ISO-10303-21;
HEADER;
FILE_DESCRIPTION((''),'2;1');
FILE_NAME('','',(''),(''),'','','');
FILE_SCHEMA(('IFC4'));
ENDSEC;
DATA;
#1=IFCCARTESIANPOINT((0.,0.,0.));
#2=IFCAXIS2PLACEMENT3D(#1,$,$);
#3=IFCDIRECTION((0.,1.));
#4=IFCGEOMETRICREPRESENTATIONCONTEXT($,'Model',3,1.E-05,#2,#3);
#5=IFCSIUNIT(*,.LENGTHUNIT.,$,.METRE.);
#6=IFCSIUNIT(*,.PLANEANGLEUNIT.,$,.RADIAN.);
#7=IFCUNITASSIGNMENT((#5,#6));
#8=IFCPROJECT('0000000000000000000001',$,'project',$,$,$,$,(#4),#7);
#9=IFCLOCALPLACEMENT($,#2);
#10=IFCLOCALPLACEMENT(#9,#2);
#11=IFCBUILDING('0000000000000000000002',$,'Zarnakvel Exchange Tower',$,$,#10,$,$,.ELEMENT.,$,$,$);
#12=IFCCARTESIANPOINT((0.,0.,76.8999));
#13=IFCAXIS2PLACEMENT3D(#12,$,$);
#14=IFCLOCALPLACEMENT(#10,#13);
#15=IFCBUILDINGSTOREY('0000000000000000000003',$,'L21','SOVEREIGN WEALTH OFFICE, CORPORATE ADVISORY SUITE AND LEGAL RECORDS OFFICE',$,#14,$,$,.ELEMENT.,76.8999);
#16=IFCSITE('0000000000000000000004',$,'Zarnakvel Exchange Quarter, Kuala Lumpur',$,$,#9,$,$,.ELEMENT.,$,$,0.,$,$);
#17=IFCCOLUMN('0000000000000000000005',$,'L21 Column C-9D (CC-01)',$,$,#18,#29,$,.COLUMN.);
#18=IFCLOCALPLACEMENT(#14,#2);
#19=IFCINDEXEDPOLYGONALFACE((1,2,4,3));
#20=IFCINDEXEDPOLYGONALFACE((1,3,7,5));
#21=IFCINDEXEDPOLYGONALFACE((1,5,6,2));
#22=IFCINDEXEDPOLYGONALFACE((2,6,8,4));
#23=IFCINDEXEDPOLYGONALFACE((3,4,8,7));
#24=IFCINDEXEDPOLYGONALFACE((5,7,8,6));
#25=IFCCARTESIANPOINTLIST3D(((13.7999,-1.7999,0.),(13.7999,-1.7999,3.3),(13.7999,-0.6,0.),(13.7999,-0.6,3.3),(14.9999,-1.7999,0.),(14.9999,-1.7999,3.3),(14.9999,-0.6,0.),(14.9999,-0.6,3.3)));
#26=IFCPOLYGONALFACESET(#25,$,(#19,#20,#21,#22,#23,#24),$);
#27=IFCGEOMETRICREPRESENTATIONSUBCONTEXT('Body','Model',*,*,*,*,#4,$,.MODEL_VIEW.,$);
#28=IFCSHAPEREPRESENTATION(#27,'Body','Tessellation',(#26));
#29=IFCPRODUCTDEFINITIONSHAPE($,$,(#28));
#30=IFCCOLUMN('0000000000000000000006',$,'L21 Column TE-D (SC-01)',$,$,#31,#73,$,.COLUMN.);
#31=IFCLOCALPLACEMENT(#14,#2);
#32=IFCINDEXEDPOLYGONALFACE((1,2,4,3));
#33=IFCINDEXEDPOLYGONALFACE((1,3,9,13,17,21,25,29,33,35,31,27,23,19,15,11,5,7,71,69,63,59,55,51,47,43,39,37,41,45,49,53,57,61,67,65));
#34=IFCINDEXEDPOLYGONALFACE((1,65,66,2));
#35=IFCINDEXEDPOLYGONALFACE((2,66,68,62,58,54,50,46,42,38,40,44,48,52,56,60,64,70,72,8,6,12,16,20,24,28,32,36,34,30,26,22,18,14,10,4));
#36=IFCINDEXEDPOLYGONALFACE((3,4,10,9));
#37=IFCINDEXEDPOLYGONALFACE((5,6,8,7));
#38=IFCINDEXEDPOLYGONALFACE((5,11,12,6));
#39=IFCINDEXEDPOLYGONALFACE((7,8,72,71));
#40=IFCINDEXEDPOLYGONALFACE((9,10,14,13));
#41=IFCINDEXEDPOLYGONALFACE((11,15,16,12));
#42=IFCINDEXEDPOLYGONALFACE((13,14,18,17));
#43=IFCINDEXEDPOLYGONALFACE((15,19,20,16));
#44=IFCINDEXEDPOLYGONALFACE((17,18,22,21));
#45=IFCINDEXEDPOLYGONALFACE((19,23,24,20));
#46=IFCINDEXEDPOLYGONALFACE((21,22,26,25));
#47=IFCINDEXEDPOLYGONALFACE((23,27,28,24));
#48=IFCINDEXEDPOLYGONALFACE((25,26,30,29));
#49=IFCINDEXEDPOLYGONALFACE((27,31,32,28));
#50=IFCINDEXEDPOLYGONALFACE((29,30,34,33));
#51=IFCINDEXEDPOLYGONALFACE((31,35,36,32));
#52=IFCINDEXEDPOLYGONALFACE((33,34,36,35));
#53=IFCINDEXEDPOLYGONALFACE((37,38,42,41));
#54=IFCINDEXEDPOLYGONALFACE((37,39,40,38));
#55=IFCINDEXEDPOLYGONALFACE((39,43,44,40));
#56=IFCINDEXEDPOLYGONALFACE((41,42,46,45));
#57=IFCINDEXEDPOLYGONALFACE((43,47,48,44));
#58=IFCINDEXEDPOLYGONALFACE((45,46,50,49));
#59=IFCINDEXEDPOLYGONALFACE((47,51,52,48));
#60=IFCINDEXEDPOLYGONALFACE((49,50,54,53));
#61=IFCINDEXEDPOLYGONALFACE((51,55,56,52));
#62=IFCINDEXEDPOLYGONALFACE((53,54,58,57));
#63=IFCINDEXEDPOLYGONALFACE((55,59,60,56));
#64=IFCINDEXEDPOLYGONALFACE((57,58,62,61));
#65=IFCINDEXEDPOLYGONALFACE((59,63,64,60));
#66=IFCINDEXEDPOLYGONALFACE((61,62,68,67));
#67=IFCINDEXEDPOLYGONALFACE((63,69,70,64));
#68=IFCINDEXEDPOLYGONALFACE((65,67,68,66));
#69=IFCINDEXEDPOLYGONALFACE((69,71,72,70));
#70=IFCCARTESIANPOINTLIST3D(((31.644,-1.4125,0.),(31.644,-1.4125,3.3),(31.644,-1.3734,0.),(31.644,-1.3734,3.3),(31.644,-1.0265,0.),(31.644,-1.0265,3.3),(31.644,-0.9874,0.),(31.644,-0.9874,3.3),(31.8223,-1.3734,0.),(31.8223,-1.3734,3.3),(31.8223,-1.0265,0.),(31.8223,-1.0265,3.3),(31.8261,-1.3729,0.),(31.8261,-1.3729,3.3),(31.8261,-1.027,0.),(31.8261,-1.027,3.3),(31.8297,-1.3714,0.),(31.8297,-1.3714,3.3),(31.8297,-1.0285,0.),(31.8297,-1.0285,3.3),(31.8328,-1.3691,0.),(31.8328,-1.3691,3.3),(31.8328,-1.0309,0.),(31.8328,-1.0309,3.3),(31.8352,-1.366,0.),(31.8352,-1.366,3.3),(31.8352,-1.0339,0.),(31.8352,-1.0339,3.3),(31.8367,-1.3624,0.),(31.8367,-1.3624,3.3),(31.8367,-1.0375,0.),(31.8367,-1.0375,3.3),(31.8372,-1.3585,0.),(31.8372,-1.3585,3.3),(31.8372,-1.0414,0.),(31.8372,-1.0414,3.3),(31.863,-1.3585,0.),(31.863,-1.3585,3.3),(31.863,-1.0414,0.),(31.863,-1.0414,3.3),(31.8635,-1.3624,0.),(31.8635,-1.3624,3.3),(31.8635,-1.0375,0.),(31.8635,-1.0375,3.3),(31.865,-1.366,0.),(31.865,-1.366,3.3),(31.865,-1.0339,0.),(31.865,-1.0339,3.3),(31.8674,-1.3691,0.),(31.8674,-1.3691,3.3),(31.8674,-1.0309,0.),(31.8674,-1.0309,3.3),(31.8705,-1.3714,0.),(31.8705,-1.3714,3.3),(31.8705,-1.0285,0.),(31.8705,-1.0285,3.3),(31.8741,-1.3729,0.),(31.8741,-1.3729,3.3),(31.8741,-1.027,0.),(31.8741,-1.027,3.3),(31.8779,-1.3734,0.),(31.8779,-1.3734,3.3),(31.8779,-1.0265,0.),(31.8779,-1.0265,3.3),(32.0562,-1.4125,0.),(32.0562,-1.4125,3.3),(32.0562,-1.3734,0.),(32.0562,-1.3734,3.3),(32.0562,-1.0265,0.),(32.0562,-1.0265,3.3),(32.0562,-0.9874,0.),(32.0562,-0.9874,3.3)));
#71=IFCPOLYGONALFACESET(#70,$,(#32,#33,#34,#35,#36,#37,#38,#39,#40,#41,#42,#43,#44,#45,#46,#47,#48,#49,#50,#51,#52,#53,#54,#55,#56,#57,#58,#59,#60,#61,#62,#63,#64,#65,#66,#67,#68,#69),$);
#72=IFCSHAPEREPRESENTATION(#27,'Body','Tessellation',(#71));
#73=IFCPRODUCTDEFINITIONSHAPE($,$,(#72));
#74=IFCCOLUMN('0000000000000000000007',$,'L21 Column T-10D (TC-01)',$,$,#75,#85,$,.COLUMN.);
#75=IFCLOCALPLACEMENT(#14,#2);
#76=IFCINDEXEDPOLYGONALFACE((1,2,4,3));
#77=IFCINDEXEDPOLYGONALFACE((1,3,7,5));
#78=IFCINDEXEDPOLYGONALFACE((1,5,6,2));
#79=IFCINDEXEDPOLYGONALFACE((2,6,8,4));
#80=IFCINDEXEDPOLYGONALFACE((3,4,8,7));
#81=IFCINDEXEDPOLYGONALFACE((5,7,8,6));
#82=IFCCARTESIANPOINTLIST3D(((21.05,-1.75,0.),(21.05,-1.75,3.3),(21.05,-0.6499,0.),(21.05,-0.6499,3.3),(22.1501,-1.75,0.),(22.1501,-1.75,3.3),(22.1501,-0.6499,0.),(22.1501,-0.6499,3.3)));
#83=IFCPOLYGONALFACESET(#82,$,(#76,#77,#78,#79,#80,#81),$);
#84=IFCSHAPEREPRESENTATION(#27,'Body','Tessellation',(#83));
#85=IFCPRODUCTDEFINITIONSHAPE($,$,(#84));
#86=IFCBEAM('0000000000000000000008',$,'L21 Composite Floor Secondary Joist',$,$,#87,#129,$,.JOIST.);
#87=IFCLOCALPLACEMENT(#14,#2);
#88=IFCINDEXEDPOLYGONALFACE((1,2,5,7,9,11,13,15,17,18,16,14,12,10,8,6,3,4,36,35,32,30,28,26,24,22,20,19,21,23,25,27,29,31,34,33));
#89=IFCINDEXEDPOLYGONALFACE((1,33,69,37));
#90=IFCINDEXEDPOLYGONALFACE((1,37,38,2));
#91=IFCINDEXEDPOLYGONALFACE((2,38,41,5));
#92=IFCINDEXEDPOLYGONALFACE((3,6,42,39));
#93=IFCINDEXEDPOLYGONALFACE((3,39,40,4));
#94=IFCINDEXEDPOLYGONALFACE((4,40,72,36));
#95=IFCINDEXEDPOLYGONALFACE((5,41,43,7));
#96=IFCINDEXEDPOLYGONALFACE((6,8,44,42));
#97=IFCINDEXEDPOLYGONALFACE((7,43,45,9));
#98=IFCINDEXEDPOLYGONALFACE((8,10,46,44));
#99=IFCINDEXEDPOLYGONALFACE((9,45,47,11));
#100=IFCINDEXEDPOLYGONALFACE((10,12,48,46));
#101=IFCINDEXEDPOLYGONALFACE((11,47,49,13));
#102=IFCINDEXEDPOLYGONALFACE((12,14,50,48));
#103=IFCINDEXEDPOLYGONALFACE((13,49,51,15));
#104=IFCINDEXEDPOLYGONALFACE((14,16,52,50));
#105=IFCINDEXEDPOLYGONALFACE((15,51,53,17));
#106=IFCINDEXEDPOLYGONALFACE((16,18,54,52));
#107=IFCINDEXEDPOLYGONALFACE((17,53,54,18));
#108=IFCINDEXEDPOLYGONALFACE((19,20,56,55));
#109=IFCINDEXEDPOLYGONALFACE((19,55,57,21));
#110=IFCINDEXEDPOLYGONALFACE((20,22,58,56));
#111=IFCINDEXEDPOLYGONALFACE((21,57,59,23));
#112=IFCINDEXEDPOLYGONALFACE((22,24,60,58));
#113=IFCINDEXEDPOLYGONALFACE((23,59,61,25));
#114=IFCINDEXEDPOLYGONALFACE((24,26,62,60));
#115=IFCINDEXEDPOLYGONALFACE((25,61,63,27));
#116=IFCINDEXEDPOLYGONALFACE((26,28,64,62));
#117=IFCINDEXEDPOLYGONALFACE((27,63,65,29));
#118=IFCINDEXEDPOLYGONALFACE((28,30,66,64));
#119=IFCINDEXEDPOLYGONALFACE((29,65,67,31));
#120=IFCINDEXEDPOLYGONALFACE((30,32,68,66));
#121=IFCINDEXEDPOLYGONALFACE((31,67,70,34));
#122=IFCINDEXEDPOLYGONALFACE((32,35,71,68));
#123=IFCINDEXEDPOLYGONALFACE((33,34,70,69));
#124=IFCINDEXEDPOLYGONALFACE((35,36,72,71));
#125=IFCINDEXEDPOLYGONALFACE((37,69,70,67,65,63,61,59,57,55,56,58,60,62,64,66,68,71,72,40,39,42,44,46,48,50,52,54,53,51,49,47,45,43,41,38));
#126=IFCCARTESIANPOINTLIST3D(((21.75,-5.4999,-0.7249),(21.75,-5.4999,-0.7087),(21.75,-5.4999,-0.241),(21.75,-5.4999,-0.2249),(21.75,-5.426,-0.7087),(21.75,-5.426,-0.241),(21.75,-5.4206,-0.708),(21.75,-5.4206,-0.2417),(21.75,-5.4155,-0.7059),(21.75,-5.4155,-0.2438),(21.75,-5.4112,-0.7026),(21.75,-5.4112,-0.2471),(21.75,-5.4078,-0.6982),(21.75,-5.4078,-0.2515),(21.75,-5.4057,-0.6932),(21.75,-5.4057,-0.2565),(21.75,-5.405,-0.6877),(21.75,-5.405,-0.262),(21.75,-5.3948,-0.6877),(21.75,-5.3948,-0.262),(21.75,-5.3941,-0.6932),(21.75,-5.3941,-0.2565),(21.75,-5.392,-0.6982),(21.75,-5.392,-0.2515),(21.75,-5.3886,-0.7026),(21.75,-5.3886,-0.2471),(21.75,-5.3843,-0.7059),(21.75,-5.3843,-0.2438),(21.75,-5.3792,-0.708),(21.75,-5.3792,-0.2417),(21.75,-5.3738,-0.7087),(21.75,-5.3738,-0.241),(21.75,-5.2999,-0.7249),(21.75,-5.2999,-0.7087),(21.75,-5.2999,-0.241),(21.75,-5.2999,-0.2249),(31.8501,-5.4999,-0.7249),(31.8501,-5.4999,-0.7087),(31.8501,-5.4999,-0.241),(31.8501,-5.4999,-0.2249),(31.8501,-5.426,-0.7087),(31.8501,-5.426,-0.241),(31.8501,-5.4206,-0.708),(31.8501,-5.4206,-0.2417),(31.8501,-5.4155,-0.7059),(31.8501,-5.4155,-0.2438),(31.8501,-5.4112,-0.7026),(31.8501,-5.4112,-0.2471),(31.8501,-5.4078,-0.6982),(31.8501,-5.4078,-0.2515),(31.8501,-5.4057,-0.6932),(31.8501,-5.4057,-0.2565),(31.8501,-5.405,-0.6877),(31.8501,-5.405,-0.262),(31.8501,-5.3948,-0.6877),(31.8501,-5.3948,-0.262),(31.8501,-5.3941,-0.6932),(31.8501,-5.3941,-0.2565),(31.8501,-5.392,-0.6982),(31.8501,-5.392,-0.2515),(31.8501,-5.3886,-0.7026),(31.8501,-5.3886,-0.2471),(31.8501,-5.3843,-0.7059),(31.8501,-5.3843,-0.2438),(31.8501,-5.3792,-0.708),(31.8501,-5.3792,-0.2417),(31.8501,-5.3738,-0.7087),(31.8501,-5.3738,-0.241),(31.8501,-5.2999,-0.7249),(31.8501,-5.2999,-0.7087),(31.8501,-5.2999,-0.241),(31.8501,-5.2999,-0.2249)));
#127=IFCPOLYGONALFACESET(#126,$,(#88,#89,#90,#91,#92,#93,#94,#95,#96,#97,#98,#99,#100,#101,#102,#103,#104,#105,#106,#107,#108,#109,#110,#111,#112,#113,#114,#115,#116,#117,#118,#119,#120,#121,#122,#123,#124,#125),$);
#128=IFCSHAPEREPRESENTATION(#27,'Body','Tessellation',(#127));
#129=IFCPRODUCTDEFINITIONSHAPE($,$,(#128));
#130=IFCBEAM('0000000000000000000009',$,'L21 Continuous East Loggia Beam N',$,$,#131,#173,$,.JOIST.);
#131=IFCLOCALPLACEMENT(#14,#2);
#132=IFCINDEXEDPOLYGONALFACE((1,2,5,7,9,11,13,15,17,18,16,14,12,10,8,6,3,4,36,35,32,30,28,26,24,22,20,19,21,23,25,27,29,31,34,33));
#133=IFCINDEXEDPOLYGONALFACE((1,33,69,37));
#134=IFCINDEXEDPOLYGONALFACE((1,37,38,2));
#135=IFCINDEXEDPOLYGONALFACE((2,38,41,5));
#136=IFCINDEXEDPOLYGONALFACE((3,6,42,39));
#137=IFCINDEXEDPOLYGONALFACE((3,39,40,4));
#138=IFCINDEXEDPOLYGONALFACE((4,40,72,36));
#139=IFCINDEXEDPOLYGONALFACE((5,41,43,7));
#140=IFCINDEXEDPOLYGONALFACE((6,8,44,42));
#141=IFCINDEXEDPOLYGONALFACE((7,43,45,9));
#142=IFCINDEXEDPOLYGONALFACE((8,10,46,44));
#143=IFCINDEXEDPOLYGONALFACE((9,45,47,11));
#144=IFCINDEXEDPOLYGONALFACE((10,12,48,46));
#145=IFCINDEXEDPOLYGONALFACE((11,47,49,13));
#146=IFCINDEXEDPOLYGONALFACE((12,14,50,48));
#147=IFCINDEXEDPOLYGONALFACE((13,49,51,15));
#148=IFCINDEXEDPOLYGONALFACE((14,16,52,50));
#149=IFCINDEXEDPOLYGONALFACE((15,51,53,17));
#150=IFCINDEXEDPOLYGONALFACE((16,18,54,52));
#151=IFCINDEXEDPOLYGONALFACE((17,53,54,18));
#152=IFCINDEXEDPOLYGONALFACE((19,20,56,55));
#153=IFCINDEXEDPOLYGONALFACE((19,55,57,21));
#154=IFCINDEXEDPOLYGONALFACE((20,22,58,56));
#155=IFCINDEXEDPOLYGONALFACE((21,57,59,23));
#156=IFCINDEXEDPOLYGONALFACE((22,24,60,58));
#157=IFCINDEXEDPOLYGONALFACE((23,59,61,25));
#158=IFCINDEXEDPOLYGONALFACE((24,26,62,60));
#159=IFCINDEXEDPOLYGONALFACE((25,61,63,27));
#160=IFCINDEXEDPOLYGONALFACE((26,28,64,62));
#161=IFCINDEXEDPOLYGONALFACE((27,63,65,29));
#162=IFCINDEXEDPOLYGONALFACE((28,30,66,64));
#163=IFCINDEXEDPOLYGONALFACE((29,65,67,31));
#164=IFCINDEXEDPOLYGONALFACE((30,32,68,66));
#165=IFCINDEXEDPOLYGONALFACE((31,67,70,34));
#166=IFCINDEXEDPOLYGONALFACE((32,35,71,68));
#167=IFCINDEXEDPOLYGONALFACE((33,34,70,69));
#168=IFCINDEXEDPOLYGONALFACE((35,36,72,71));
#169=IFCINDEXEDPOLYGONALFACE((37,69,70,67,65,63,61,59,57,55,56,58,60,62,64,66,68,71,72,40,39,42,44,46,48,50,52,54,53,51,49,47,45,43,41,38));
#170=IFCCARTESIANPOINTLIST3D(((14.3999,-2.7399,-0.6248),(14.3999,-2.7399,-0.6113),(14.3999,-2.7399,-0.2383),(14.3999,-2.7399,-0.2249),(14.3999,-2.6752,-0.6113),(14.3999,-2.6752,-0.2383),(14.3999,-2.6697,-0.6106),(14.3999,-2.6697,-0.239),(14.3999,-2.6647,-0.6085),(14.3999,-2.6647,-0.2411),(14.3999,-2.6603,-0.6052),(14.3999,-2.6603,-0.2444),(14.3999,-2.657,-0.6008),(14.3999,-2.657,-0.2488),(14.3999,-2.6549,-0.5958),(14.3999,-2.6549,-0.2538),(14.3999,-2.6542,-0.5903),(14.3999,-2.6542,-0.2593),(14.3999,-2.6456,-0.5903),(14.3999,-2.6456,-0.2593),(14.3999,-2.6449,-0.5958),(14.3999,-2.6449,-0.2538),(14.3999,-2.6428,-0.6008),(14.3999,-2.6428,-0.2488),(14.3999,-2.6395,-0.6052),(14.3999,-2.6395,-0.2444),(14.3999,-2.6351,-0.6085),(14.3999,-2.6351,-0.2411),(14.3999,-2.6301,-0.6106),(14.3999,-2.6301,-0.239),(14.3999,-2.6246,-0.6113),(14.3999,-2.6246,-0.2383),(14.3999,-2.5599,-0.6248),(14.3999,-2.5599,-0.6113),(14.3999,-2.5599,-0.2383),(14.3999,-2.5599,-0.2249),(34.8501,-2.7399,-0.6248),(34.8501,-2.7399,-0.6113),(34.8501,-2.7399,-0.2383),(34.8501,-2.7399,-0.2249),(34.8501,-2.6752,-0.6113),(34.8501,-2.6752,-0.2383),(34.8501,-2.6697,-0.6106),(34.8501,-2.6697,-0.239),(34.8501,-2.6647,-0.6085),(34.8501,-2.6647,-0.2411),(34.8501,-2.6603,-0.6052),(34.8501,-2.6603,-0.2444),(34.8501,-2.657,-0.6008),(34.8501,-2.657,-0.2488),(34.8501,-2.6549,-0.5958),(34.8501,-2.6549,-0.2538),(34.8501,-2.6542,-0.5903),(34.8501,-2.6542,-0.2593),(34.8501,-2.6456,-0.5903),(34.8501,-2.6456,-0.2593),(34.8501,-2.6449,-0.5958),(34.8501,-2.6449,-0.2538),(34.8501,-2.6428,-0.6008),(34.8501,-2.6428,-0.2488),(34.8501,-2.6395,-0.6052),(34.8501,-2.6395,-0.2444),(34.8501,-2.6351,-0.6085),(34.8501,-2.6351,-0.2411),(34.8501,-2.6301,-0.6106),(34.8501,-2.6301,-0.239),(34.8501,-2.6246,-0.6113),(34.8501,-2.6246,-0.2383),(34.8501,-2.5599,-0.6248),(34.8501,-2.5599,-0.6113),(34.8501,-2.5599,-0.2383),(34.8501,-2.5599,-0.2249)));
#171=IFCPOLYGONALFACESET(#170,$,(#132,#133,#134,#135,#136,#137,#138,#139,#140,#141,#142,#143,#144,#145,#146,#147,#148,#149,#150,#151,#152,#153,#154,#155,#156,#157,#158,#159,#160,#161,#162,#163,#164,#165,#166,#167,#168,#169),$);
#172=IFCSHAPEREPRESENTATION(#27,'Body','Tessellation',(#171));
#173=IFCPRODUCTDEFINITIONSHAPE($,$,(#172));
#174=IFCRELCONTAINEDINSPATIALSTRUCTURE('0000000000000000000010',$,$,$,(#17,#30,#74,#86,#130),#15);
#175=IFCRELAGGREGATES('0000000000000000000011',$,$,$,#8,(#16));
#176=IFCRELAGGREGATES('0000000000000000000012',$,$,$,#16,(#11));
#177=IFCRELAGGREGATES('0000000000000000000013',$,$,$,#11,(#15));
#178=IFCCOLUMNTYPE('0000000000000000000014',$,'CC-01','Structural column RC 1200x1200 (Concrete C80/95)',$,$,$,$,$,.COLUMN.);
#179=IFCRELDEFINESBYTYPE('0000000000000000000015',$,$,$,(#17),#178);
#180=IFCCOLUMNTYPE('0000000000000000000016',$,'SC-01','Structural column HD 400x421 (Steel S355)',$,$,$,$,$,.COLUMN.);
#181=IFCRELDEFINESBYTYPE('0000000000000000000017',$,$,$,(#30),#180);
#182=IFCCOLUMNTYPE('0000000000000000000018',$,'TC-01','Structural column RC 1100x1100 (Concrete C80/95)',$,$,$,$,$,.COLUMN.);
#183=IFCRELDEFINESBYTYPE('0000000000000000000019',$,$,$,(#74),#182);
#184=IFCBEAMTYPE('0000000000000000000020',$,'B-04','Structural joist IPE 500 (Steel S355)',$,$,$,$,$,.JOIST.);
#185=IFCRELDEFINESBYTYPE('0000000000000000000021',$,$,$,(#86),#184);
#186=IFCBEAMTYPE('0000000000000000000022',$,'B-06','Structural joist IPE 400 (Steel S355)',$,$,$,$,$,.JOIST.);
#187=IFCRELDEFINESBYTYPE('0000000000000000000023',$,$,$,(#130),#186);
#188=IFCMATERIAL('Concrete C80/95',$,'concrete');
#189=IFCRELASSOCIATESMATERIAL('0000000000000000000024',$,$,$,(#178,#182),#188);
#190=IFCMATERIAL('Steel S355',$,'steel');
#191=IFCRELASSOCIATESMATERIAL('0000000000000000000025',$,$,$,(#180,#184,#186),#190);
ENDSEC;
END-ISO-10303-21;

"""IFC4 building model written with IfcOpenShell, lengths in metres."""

from ifc_helpers import new_model, si_unit, direction, frame, origin, origin_2d, place, context, subcontext, project, spatial, rectangle, i_section, extrude, material, material_profile, profile_set, type_object, element, save


model = new_model("IFC4")

# Units and contexts
model_context = context("Model", 3, precision=1e-05, world=origin(), true_north=direction((0.0, 1.0)))
body_context = subcontext(model_context, "Body", "Model", "MODEL_VIEW")
ifc_project = project(units=[si_unit("LENGTHUNIT", "METRE"), si_unit("PLANEANGLEUNIT", "RADIAN")], contexts=[model_context])

# Site, building, storey
site_placement = place(None, origin())
site = spatial("IfcSite", under=ifc_project, at=site_placement, Name="Zarnakvel Exchange Quarter, Kuala Lumpur", CompositionType="ELEMENT", RefElevation=0.0)
building_placement = place(site_placement, origin())
building = spatial("IfcBuilding", under=site, at=building_placement, Name="Zarnakvel Exchange Tower", CompositionType="ELEMENT")
storey_placement = place(building_placement, frame((0.0, 0.0, 76.8999)))
storey = spatial("IfcBuildingStorey", under=building, at=storey_placement, Name="L21", Description="SOVEREIGN WEALTH OFFICE, CORPORATE ADVISORY SUITE AND LEGAL RECORDS OFFICE", CompositionType="ELEMENT", Elevation=76.8999)

# Columns
ifc_material_1 = material(Name="Concrete C80/95", Category="concrete")
ifc_material_profile_1 = material_profile(ifc_material_1, rectangle(XDim=1.2, YDim=1.2, at=origin_2d()))
ifc_profile_set_1 = profile_set([ifc_material_profile_1], Name="Concrete C80/95")
column_type_1 = type_object("IfcColumnType", Name="CC-01", Description="Structural column RC 1200x1200 (Concrete C80/95)", PredefinedType="COLUMN", material=ifc_profile_set_1)
column_1_placement = place(storey_placement, frame((14.3999, -1.2, 0.0), z_axis=(0.0, 0.0, 1.0), x_axis=(1.0, 0.0, 0.0)))
element("IfcColumn", 1, at=column_1_placement, inside=storey, type_object=column_type_1, Name="L21 Column C-9D (CC-01)", PredefinedType="COLUMN", context=body_context, shape_type="SweptSolid", body=[
    extrude(rectangle(XDim=1.2, YDim=1.2, at=origin_2d()), origin(), (0.0, 0.0, 1.0), 3.3),
])
ifc_material_2 = material(Name="Steel S355", Category="steel")
ifc_material_profile_2 = material_profile(ifc_material_2, i_section(OverallWidth=0.4121, OverallDepth=0.425, WebThickness=0.0259, FlangeThickness=0.0391, FilletRadius=0.0149, at=origin_2d()))
ifc_profile_set_2 = profile_set([ifc_material_profile_2], Name="Steel S355")
column_type_2 = type_object("IfcColumnType", Name="SC-01", Description="Structural column HD 400x421 (Steel S355)", PredefinedType="COLUMN", material=ifc_profile_set_2)
column_2_placement = place(storey_placement, frame((31.8501, -1.2, 0.0), z_axis=(0.0, 0.0, 1.0), x_axis=(1.0, 0.0, 0.0)))
element("IfcColumn", 2, at=column_2_placement, inside=storey, type_object=column_type_2, Name="L21 Column TE-D (SC-01)", PredefinedType="COLUMN", context=body_context, shape_type="SweptSolid", body=[
    extrude(i_section(OverallWidth=0.4121, OverallDepth=0.425, WebThickness=0.0259, FlangeThickness=0.0391, FilletRadius=0.0149, at=origin_2d()), origin(), (0.0, 0.0, 1.0), 3.3),
])
ifc_material_profile_3 = material_profile(ifc_material_1, rectangle(XDim=1.1001, YDim=1.1001, at=origin_2d()))
ifc_profile_set_3 = profile_set([ifc_material_profile_3], Name="Concrete C80/95")
column_type_3 = type_object("IfcColumnType", Name="TC-01", Description="Structural column RC 1100x1100 (Concrete C80/95)", PredefinedType="COLUMN", material=ifc_profile_set_3)
column_3_placement = place(storey_placement, frame((21.6001, -1.2, 0.0), z_axis=(0.0, 0.0, 1.0), x_axis=(1.0, 0.0, 0.0)))
element("IfcColumn", 3, at=column_3_placement, inside=storey, type_object=column_type_3, Name="L21 Column T-10D (TC-01)", PredefinedType="COLUMN", context=body_context, shape_type="SweptSolid", body=[
    extrude(rectangle(XDim=1.1001, YDim=1.1001, at=origin_2d()), origin(), (0.0, 0.0, 1.0), 3.3),
])

# Beams
ifc_material_profile_4 = material_profile(ifc_material_2, i_section(OverallWidth=0.2, OverallDepth=0.5, WebThickness=0.0103, FlangeThickness=0.0161, FilletRadius=0.021, at=origin_2d()))
ifc_profile_set_4 = profile_set([ifc_material_profile_4], Name="Steel S355")
beam_type_1 = type_object("IfcBeamType", Name="B-04", Description="Structural joist IPE 500 (Steel S355)", PredefinedType="JOIST", material=ifc_profile_set_4)
beam_1_placement = place(storey_placement, frame((21.75, -5.3999, -0.4749), z_axis=(1.0, 0.0, 0.0), x_axis=(0.0, 1.0, 0.0)))
element("IfcBeam", 4, at=beam_1_placement, inside=storey, type_object=beam_type_1, Name="L21 Composite Floor Secondary Joist", PredefinedType="JOIST", context=body_context, shape_type="SweptSolid", body=[
    extrude(i_section(OverallWidth=0.2, OverallDepth=0.5, WebThickness=0.0103, FlangeThickness=0.0161, FilletRadius=0.021, at=origin_2d()), origin(), (0.0, 0.0, 1.0), 10.1001),
])
ifc_material_profile_5 = material_profile(ifc_material_2, i_section(OverallWidth=0.1799, OverallDepth=0.3999, WebThickness=0.0085, FlangeThickness=0.0134, FilletRadius=0.021, at=origin_2d()))
ifc_profile_set_5 = profile_set([ifc_material_profile_5], Name="Steel S355")
beam_type_2 = type_object("IfcBeamType", Name="B-06", Description="Structural joist IPE 400 (Steel S355)", PredefinedType="JOIST", material=ifc_profile_set_5)
beam_2_placement = place(storey_placement, frame((14.3999, -2.6499, -0.4248), z_axis=(1.0, 0.0, 0.0), x_axis=(0.0, 1.0, 0.0)))
element("IfcBeam", 5, at=beam_2_placement, inside=storey, type_object=beam_type_2, Name="L21 Continuous East Loggia Beam N", PredefinedType="JOIST", context=body_context, shape_type="SweptSolid", body=[
    extrude(i_section(OverallWidth=0.1799, OverallDepth=0.3999, WebThickness=0.0085, FlangeThickness=0.0134, FilletRadius=0.021, at=origin_2d()), origin(), (0.0, 0.0, 1.0), 20.4502),
])

save(model, "model.ifc")
